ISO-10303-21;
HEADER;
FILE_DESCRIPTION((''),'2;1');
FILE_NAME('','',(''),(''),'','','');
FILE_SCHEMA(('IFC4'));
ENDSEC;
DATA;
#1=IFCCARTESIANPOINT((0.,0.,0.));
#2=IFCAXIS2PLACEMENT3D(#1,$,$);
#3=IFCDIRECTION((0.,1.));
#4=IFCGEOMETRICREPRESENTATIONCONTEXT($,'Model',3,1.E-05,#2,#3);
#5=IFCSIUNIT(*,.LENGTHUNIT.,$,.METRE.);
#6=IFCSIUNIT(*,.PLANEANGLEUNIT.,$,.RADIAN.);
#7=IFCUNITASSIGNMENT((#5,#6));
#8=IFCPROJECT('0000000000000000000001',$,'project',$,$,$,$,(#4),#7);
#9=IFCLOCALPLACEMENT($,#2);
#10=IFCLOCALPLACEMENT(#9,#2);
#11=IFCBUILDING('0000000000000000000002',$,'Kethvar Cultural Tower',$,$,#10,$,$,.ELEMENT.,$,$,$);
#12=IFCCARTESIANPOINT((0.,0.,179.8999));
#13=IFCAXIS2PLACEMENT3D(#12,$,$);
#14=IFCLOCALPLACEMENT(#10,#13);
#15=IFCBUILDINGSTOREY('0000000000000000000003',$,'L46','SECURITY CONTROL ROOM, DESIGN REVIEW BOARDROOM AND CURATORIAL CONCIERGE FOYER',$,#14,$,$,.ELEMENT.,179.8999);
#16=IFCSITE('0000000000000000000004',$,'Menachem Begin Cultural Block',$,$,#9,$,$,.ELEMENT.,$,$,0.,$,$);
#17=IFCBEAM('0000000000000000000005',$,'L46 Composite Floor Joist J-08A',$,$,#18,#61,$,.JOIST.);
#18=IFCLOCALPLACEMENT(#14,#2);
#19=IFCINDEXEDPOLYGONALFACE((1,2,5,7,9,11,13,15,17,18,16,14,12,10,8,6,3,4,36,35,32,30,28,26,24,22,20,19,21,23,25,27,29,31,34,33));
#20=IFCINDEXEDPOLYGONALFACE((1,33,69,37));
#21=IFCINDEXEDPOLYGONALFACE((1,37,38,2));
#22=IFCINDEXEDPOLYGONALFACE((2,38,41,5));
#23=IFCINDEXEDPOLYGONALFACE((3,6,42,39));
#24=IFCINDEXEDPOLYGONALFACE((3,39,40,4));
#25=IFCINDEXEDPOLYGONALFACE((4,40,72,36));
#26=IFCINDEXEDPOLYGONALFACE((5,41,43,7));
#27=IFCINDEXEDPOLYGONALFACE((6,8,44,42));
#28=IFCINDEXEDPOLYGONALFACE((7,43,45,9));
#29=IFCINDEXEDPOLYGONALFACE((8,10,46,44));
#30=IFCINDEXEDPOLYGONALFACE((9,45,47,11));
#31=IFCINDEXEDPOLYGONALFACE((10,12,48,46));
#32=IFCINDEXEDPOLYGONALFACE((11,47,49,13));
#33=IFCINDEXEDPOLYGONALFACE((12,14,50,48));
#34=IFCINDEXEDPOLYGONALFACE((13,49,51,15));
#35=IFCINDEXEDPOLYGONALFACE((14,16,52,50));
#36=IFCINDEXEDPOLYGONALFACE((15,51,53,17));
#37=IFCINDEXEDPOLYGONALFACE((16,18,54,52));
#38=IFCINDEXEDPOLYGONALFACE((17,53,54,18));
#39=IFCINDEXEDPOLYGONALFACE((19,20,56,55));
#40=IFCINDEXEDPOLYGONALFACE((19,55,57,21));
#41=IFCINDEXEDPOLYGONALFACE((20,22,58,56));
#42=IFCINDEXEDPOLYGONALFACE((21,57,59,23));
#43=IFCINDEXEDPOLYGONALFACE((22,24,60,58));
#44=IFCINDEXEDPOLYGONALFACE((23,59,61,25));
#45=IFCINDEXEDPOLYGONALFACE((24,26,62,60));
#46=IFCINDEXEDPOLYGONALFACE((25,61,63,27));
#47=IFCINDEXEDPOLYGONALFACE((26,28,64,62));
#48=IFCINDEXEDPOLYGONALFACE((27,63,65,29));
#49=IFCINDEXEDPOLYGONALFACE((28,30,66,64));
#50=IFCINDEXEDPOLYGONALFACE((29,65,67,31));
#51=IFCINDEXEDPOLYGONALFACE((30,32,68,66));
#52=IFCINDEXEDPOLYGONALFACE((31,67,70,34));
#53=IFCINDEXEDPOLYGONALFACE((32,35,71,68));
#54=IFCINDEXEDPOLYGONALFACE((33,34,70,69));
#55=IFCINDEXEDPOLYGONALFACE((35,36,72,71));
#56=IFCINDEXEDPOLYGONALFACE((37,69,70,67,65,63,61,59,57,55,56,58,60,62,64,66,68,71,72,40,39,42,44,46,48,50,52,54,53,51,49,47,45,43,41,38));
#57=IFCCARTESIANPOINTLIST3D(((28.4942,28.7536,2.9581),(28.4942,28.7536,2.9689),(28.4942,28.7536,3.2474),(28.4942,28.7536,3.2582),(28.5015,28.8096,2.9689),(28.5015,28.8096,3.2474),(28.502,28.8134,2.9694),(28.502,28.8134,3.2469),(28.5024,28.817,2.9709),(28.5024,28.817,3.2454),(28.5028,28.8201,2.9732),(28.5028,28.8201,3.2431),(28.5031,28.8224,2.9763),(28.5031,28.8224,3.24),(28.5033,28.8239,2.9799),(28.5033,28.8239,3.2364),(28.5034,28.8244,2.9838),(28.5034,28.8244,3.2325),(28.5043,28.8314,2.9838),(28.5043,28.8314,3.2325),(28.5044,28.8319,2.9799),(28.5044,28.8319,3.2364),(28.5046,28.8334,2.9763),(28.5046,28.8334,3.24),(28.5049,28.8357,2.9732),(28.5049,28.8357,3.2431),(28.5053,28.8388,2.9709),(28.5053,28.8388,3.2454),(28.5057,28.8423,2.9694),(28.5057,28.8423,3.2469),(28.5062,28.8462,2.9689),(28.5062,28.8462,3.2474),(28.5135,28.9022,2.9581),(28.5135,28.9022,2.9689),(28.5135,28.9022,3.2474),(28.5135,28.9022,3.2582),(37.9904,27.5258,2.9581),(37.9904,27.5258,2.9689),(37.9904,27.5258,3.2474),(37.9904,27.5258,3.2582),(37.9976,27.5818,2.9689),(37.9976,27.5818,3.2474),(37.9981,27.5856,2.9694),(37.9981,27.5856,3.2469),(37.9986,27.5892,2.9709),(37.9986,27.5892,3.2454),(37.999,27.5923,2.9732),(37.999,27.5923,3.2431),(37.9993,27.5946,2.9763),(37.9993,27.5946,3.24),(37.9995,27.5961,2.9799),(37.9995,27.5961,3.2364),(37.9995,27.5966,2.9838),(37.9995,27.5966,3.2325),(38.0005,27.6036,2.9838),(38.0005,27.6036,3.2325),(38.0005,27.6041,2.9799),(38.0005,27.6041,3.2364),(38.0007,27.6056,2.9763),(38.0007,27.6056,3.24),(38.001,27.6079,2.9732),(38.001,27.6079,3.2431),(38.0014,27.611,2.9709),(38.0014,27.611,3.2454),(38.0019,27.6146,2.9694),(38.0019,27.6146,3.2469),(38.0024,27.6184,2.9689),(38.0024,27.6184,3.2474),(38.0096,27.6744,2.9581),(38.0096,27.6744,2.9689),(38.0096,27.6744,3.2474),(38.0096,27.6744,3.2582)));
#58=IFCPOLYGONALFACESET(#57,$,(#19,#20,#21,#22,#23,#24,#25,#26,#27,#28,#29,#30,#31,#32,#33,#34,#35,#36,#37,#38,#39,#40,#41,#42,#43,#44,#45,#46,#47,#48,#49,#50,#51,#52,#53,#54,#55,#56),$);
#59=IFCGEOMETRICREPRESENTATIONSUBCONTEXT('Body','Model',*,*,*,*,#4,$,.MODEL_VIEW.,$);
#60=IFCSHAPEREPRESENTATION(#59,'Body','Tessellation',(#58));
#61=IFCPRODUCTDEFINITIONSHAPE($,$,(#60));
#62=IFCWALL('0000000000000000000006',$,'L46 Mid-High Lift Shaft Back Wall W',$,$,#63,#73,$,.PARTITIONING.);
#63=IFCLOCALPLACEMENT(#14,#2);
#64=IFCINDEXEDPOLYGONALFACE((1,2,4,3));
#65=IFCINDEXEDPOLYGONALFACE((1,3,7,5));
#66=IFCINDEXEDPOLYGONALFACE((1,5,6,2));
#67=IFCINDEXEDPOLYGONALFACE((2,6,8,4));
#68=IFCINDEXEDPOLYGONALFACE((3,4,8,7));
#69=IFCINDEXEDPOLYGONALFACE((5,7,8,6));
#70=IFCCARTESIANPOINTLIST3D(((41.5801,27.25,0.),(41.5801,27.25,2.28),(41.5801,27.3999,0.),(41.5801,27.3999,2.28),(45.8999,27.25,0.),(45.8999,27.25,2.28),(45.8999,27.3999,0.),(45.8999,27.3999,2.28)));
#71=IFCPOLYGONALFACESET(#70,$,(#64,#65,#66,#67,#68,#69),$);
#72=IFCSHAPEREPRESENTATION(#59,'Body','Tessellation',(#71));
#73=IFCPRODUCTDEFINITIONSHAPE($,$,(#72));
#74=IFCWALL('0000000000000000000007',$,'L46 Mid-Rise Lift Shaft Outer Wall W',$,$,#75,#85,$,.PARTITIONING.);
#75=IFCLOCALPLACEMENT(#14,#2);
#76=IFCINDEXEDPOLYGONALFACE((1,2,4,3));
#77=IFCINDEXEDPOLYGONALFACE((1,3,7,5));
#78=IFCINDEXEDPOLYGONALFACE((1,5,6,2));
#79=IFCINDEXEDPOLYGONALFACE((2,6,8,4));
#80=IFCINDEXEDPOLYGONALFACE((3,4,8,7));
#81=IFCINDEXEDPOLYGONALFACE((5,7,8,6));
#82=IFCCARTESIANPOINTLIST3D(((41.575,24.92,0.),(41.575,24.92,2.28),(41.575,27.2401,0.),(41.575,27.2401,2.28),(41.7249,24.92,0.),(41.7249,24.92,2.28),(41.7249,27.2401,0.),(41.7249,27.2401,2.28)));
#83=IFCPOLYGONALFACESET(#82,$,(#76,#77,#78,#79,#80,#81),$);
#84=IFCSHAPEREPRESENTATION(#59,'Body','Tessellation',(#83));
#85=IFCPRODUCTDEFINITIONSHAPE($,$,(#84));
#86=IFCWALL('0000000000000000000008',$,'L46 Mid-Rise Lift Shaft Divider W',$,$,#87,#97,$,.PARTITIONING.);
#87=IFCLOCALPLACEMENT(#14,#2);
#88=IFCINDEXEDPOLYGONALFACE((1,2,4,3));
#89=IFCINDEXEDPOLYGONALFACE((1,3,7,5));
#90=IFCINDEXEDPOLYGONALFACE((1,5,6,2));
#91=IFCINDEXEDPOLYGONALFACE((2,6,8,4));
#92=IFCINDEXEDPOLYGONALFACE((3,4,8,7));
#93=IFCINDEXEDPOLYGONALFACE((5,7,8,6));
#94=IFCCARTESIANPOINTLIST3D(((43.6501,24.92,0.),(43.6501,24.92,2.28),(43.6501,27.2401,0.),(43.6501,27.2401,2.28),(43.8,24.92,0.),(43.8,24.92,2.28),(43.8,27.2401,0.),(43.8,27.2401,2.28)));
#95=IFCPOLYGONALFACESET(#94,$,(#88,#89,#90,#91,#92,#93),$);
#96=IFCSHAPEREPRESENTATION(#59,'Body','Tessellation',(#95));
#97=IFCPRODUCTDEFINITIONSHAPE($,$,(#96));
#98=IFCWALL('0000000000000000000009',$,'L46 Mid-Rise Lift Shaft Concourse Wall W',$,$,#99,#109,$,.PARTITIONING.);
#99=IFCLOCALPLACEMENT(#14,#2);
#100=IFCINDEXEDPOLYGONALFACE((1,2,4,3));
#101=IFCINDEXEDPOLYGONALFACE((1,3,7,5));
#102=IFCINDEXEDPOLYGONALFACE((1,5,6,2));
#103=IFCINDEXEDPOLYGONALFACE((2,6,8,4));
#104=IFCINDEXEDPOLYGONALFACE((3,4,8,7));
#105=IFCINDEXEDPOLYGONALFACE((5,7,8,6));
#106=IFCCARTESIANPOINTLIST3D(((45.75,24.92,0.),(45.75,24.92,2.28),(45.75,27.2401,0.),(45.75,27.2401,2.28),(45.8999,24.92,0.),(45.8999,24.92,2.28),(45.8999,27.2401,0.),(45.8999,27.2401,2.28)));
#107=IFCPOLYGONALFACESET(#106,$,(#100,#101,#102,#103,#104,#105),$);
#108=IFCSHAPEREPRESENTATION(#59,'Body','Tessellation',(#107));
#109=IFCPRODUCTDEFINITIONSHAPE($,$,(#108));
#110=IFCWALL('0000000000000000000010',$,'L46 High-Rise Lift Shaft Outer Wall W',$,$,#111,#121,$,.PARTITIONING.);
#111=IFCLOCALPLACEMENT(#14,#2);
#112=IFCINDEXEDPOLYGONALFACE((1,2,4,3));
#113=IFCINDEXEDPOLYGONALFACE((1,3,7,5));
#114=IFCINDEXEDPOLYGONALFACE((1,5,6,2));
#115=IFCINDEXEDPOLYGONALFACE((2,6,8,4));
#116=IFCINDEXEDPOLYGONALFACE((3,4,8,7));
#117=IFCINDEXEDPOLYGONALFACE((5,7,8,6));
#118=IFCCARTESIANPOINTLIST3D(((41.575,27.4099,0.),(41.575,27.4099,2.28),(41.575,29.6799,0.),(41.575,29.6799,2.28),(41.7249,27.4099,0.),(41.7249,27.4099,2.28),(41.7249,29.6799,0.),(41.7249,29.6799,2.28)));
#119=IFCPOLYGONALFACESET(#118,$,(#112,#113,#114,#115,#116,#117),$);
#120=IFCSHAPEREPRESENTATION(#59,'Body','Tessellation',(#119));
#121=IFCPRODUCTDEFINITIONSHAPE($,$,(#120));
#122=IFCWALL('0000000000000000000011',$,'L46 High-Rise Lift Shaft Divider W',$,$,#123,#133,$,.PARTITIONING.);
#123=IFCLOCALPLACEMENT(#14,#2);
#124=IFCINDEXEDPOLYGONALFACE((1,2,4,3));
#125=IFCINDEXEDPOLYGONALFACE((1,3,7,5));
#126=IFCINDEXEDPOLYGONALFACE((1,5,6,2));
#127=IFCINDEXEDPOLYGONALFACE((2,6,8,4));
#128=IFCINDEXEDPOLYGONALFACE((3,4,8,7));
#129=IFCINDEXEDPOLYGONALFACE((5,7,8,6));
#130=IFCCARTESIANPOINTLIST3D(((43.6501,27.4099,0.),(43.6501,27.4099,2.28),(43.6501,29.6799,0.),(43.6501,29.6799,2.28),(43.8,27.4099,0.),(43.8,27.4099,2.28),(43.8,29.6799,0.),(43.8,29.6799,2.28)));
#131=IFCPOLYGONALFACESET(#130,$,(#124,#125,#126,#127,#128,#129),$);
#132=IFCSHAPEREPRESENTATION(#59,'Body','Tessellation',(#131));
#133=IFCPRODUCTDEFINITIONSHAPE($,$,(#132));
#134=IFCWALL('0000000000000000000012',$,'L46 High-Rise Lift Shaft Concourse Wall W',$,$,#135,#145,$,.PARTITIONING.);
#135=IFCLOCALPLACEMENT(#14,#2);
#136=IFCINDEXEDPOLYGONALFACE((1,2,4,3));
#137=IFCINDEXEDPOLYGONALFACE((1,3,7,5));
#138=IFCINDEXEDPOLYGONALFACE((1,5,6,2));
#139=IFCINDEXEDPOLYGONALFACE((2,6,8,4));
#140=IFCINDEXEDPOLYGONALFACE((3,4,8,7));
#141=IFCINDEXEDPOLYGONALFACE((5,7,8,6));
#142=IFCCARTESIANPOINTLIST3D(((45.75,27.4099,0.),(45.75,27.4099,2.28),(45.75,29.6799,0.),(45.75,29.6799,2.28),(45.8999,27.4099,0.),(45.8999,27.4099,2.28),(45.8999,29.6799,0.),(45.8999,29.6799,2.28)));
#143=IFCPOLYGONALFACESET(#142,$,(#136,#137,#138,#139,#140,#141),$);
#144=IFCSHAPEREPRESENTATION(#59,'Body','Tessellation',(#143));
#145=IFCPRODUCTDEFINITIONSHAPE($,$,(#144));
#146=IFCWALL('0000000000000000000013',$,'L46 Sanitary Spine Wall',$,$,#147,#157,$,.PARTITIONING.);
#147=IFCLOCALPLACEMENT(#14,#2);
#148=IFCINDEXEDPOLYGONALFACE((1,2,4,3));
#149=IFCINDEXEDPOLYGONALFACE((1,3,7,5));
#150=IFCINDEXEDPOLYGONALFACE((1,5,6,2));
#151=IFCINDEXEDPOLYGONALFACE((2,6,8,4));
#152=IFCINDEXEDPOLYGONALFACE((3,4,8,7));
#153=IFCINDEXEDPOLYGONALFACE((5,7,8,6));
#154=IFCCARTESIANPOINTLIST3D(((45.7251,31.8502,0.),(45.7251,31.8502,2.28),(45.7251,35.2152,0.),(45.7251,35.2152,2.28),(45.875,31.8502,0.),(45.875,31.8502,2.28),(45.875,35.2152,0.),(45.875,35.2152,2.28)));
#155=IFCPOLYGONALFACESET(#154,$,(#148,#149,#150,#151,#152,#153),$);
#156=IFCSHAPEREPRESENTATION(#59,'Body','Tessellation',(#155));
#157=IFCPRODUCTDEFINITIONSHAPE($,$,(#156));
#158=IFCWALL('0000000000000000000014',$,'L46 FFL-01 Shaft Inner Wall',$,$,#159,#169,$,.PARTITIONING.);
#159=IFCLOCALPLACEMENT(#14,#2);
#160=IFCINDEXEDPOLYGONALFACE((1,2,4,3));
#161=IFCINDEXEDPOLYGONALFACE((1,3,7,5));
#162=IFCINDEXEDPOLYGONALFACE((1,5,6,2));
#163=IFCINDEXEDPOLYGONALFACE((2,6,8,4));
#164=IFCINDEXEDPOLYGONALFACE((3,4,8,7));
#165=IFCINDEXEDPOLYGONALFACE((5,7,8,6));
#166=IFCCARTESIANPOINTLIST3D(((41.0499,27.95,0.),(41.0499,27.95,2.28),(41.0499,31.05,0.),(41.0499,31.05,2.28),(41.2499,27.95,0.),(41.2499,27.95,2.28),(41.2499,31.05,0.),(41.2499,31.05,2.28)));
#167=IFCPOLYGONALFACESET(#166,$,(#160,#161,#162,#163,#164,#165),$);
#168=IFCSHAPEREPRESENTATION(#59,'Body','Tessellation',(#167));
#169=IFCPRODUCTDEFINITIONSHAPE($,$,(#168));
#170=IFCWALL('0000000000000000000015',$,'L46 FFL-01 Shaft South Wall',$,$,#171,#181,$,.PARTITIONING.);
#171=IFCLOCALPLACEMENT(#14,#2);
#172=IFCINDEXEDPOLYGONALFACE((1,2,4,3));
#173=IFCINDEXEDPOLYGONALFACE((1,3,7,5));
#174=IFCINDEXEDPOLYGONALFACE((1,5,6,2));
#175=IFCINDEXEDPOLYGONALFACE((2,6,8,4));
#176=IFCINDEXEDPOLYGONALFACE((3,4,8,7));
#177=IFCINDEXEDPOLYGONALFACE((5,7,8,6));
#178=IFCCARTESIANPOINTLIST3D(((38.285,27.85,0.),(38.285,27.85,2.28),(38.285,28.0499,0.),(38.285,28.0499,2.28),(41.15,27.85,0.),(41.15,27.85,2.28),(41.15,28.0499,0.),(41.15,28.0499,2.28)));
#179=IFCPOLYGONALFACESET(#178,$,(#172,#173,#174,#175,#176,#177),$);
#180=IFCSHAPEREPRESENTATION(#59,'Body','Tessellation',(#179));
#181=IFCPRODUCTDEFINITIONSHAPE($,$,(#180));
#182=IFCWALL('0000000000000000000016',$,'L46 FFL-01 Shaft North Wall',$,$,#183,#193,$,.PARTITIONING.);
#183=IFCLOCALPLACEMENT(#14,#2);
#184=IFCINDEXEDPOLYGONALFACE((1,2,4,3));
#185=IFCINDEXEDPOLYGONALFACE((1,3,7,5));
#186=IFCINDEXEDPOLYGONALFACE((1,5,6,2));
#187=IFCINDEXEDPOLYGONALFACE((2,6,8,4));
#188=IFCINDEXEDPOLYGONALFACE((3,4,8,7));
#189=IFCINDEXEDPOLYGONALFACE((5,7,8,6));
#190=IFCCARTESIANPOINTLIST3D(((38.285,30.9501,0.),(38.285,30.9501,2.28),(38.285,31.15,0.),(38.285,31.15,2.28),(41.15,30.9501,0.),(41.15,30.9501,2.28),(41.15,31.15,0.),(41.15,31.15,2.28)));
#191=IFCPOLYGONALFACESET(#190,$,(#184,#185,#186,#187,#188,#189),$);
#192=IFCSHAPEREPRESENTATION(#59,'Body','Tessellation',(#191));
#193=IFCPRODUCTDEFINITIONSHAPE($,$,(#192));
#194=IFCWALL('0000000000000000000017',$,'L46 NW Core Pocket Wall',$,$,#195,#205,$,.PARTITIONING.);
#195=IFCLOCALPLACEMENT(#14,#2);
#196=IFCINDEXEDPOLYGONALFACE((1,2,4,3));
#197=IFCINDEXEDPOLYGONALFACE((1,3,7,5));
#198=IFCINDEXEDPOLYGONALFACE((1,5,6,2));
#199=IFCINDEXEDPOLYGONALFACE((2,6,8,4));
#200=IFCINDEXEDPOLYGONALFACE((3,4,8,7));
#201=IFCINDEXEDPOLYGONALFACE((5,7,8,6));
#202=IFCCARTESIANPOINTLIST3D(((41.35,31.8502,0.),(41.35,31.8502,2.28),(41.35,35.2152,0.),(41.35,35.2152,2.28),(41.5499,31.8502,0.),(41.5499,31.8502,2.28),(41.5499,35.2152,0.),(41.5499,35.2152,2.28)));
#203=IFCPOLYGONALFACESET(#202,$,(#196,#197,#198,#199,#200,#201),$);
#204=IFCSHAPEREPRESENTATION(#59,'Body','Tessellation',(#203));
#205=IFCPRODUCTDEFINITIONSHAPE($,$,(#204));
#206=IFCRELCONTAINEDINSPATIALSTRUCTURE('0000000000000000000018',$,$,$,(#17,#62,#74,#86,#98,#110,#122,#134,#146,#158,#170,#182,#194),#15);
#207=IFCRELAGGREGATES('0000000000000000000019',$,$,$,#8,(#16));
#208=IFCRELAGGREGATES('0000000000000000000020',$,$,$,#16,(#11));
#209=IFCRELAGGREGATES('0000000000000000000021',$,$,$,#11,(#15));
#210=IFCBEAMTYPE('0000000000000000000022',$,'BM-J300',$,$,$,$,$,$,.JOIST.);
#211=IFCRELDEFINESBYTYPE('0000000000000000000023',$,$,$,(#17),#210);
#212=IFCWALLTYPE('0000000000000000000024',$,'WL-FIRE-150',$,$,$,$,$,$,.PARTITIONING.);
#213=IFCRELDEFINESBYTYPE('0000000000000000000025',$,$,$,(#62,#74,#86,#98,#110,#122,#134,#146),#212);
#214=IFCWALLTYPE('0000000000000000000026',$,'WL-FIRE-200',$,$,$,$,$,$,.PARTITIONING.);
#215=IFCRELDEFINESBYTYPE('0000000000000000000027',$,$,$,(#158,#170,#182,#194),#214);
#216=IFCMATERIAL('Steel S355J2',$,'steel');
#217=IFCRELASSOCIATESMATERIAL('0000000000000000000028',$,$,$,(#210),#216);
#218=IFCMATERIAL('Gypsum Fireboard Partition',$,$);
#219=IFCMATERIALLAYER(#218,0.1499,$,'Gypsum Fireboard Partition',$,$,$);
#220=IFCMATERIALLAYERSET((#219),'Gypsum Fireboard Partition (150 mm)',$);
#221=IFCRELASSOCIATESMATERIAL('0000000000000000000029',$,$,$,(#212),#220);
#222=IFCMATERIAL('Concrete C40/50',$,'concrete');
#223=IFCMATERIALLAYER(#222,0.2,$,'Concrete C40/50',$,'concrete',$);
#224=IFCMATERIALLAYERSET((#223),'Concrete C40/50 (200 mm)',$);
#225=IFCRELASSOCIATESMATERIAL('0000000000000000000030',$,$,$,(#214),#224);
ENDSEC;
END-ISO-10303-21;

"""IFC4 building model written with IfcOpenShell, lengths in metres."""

from ifc_helpers import new_model, si_unit, direction, frame, frame_2d, origin, origin_2d, place, context, subcontext, project, spatial, rectangle, i_section, extrude, source, transform, mapped, material, layer, layer_set, material_profile, profile_set, type_object, element, save


model = new_model("IFC4")

# Units and contexts
model_context = context("Model", 3, precision=1e-05, world=origin(), true_north=direction((0.0, 1.0)))
body_context = subcontext(model_context, "Body", "Model", "MODEL_VIEW")
ifc_project = project(units=[si_unit("LENGTHUNIT", "METRE"), si_unit("PLANEANGLEUNIT", "RADIAN")], contexts=[model_context])

# Site, building, storey
site_placement = place(None, origin())
site = spatial("IfcSite", under=ifc_project, at=site_placement, Name="Menachem Begin Cultural Block", CompositionType="ELEMENT", RefElevation=0.0)
building_placement = place(site_placement, origin())
building = spatial("IfcBuilding", under=site, at=building_placement, Name="Kethvar Cultural Tower", CompositionType="ELEMENT")
storey_placement = place(building_placement, frame((0.0, 0.0, 179.8999)))
storey = spatial("IfcBuildingStorey", under=building, at=storey_placement, Name="L46", Description="SECURITY CONTROL ROOM, DESIGN REVIEW BOARDROOM AND CURATORIAL CONCIERGE FOYER", CompositionType="ELEMENT", Elevation=179.8999)

# Beam
ifc_material_1 = material(Name="Steel S355J2", Category="steel")
ifc_material_profile_1 = material_profile(ifc_material_1, i_section(OverallWidth=0.1499, OverallDepth=0.3, WebThickness=0.0071, FlangeThickness=0.0107, FilletRadius=0.0149, at=origin_2d()), Name="Steel S355J2 — IPE300")
ifc_profile_set_1 = profile_set([ifc_material_profile_1], Name="Steel S355J2 — IPE300")
beam_type_1 = type_object("IfcBeamType", Name="BM-J300", PredefinedType="JOIST", material=ifc_profile_set_1)
shared_shape_1 = source(origin(), body_context, "Body", "SweptSolid", [
    extrude(i_section(OverallWidth=0.1499, OverallDepth=0.3, WebThickness=0.0071, FlangeThickness=0.0107, FilletRadius=0.0149, at=origin_2d()), origin(), (0.0, 0.0, 1.0), 9.5752),
])
beam_1_placement = place(storey_placement, frame((38.0, 27.6001, 3.1082), z_axis=(-0.991745, 0.128226, 0.0), x_axis=(-0.128226, -0.991745, 0.0)))
element("IfcBeam", 1, at=beam_1_placement, inside=storey, type_object=beam_type_1, Name="L46 Composite Floor Joist J-08A", PredefinedType="JOIST", context=body_context, shape_type="MappedRepresentation", body=[
    mapped(shared_shape_1, transform((0.0, 0.0, 0.0), scale=1.0)),
])

# Walls
ifc_material_2 = material(Name="Gypsum Fireboard Partition")
ifc_layer_1 = layer(ifc_material_2, 0.1499, Name="Gypsum Fireboard Partition")
ifc_layer_set_1 = layer_set([ifc_layer_1], Name="Gypsum Fireboard Partition (150 mm)")
wall_type_1 = type_object("IfcWallType", Name="WL-FIRE-150", PredefinedType="PARTITIONING", material=ifc_layer_set_1)
wall_1_placement = place(storey_placement, frame((41.5801, 27.325, 0.0), z_axis=(0.0, 0.0, 1.0), x_axis=(1.0, 0.0, 0.0)))
element("IfcWall", 2, at=wall_1_placement, inside=storey, type_object=wall_type_1, Name="L46 Mid-High Lift Shaft Back Wall W", PredefinedType="PARTITIONING", context=body_context, shape_type="SweptSolid", body=[
    extrude(rectangle(XDim=4.3198, YDim=0.1499, at=frame_2d((2.1599, 0.0))), origin(), (0.0, 0.0, 1.0), 2.28),
])
for number, where, z_axis, x_axis, name in (
    (3, (41.6499, 24.9199, 0.0), (0.0, 0.0, 1.0), (0.0, 1.0, 0.0), "L46 Mid-Rise Lift Shaft Outer Wall W"),
    (4, (43.7251, 24.9199, 0.0), (0.0, 0.0, 1.0), (0.0, 1.0, 0.0), "L46 Mid-Rise Lift Shaft Divider W"),
    (5, (45.825, 24.9199, 0.0), (0.0, 0.0, 1.0), (0.0, 1.0, 0.0), "L46 Mid-Rise Lift Shaft Concourse Wall W"),
):
    element("IfcWall", number, at=place(storey_placement, frame(where, z_axis=z_axis, x_axis=x_axis)), inside=storey, type_object=wall_type_1, Name=name, PredefinedType="PARTITIONING", context=body_context, shape_type="SweptSolid", body=[
        extrude(rectangle(XDim=2.3201, YDim=0.1499, at=frame_2d((1.1602, 0.0))), origin(), (0.0, 0.0, 1.0), 2.28),
    ])
for number, where, z_axis, x_axis, name in (
    (6, (41.6499, 27.4099, 0.0), (0.0, 0.0, 1.0), (0.0, 1.0, 0.0), "L46 High-Rise Lift Shaft Outer Wall W"),
    (7, (43.7251, 27.4099, 0.0), (0.0, 0.0, 1.0), (0.0, 1.0, 0.0), "L46 High-Rise Lift Shaft Divider W"),
    (8, (45.825, 27.4099, 0.0), (0.0, 0.0, 1.0), (0.0, 1.0, 0.0), "L46 High-Rise Lift Shaft Concourse Wall W"),
):
    element("IfcWall", number, at=place(storey_placement, frame(where, z_axis=z_axis, x_axis=x_axis)), inside=storey, type_object=wall_type_1, Name=name, PredefinedType="PARTITIONING", context=body_context, shape_type="SweptSolid", body=[
        extrude(rectangle(XDim=2.27, YDim=0.1499, at=frame_2d((1.135, 0.0))), origin(), (0.0, 0.0, 1.0), 2.28),
    ])
wall_2_placement = place(storey_placement, frame((45.8, 31.8501, 0.0), z_axis=(0.0, 0.0, 1.0), x_axis=(0.0, 1.0, 0.0)))
element("IfcWall", 9, at=wall_2_placement, inside=storey, type_object=wall_type_1, Name="L46 Sanitary Spine Wall", PredefinedType="PARTITIONING", context=body_context, shape_type="SweptSolid", body=[
    extrude(rectangle(XDim=3.365, YDim=0.1499, at=frame_2d((1.6826, 0.0))), origin(), (0.0, 0.0, 1.0), 2.28),
])
ifc_material_3 = material(Name="Concrete C40/50", Category="concrete")
ifc_layer_2 = layer(ifc_material_3, 0.2, Name="Concrete C40/50", Category="concrete")
ifc_layer_set_2 = layer_set([ifc_layer_2], Name="Concrete C40/50 (200 mm)")
wall_type_2 = type_object("IfcWallType", Name="WL-FIRE-200", PredefinedType="PARTITIONING", material=ifc_layer_set_2)
wall_3_placement = place(storey_placement, frame((41.1499, 27.95, 0.0), z_axis=(0.0, 0.0, 1.0), x_axis=(0.0, 1.0, 0.0)))
element("IfcWall", 10, at=wall_3_placement, inside=storey, type_object=wall_type_2, Name="L46 FFL-01 Shaft Inner Wall", PredefinedType="PARTITIONING", context=body_context, shape_type="SweptSolid", body=[
    extrude(rectangle(XDim=3.1001, YDim=0.2, at=frame_2d((1.55, 0.0))), origin(), (0.0, 0.0, 1.0), 2.28),
])
for number, where, z_axis, x_axis, name in (
    (11, (38.2849, 27.95, 0.0), (0.0, 0.0, 1.0), (1.0, 0.0, 0.0), "L46 FFL-01 Shaft South Wall"),
    (12, (38.2849, 31.05, 0.0), (0.0, 0.0, 1.0), (1.0, 0.0, 0.0), "L46 FFL-01 Shaft North Wall"),
):
    element("IfcWall", number, at=place(storey_placement, frame(where, z_axis=z_axis, x_axis=x_axis)), inside=storey, type_object=wall_type_2, Name=name, PredefinedType="PARTITIONING", context=body_context, shape_type="SweptSolid", body=[
        extrude(rectangle(XDim=2.865, YDim=0.2, at=frame_2d((1.4326, 0.0))), origin(), (0.0, 0.0, 1.0), 2.28),
    ])
wall_4_placement = place(storey_placement, frame((41.45, 31.8501, 0.0), z_axis=(0.0, 0.0, 1.0), x_axis=(0.0, 1.0, 0.0)))
element("IfcWall", 13, at=wall_4_placement, inside=storey, type_object=wall_type_2, Name="L46 NW Core Pocket Wall", PredefinedType="PARTITIONING", context=body_context, shape_type="SweptSolid", body=[
    extrude(rectangle(XDim=3.365, YDim=0.2, at=frame_2d((1.6826, 0.0))), origin(), (0.0, 0.0, 1.0), 2.28),
])

save(model, "model.ifc")
